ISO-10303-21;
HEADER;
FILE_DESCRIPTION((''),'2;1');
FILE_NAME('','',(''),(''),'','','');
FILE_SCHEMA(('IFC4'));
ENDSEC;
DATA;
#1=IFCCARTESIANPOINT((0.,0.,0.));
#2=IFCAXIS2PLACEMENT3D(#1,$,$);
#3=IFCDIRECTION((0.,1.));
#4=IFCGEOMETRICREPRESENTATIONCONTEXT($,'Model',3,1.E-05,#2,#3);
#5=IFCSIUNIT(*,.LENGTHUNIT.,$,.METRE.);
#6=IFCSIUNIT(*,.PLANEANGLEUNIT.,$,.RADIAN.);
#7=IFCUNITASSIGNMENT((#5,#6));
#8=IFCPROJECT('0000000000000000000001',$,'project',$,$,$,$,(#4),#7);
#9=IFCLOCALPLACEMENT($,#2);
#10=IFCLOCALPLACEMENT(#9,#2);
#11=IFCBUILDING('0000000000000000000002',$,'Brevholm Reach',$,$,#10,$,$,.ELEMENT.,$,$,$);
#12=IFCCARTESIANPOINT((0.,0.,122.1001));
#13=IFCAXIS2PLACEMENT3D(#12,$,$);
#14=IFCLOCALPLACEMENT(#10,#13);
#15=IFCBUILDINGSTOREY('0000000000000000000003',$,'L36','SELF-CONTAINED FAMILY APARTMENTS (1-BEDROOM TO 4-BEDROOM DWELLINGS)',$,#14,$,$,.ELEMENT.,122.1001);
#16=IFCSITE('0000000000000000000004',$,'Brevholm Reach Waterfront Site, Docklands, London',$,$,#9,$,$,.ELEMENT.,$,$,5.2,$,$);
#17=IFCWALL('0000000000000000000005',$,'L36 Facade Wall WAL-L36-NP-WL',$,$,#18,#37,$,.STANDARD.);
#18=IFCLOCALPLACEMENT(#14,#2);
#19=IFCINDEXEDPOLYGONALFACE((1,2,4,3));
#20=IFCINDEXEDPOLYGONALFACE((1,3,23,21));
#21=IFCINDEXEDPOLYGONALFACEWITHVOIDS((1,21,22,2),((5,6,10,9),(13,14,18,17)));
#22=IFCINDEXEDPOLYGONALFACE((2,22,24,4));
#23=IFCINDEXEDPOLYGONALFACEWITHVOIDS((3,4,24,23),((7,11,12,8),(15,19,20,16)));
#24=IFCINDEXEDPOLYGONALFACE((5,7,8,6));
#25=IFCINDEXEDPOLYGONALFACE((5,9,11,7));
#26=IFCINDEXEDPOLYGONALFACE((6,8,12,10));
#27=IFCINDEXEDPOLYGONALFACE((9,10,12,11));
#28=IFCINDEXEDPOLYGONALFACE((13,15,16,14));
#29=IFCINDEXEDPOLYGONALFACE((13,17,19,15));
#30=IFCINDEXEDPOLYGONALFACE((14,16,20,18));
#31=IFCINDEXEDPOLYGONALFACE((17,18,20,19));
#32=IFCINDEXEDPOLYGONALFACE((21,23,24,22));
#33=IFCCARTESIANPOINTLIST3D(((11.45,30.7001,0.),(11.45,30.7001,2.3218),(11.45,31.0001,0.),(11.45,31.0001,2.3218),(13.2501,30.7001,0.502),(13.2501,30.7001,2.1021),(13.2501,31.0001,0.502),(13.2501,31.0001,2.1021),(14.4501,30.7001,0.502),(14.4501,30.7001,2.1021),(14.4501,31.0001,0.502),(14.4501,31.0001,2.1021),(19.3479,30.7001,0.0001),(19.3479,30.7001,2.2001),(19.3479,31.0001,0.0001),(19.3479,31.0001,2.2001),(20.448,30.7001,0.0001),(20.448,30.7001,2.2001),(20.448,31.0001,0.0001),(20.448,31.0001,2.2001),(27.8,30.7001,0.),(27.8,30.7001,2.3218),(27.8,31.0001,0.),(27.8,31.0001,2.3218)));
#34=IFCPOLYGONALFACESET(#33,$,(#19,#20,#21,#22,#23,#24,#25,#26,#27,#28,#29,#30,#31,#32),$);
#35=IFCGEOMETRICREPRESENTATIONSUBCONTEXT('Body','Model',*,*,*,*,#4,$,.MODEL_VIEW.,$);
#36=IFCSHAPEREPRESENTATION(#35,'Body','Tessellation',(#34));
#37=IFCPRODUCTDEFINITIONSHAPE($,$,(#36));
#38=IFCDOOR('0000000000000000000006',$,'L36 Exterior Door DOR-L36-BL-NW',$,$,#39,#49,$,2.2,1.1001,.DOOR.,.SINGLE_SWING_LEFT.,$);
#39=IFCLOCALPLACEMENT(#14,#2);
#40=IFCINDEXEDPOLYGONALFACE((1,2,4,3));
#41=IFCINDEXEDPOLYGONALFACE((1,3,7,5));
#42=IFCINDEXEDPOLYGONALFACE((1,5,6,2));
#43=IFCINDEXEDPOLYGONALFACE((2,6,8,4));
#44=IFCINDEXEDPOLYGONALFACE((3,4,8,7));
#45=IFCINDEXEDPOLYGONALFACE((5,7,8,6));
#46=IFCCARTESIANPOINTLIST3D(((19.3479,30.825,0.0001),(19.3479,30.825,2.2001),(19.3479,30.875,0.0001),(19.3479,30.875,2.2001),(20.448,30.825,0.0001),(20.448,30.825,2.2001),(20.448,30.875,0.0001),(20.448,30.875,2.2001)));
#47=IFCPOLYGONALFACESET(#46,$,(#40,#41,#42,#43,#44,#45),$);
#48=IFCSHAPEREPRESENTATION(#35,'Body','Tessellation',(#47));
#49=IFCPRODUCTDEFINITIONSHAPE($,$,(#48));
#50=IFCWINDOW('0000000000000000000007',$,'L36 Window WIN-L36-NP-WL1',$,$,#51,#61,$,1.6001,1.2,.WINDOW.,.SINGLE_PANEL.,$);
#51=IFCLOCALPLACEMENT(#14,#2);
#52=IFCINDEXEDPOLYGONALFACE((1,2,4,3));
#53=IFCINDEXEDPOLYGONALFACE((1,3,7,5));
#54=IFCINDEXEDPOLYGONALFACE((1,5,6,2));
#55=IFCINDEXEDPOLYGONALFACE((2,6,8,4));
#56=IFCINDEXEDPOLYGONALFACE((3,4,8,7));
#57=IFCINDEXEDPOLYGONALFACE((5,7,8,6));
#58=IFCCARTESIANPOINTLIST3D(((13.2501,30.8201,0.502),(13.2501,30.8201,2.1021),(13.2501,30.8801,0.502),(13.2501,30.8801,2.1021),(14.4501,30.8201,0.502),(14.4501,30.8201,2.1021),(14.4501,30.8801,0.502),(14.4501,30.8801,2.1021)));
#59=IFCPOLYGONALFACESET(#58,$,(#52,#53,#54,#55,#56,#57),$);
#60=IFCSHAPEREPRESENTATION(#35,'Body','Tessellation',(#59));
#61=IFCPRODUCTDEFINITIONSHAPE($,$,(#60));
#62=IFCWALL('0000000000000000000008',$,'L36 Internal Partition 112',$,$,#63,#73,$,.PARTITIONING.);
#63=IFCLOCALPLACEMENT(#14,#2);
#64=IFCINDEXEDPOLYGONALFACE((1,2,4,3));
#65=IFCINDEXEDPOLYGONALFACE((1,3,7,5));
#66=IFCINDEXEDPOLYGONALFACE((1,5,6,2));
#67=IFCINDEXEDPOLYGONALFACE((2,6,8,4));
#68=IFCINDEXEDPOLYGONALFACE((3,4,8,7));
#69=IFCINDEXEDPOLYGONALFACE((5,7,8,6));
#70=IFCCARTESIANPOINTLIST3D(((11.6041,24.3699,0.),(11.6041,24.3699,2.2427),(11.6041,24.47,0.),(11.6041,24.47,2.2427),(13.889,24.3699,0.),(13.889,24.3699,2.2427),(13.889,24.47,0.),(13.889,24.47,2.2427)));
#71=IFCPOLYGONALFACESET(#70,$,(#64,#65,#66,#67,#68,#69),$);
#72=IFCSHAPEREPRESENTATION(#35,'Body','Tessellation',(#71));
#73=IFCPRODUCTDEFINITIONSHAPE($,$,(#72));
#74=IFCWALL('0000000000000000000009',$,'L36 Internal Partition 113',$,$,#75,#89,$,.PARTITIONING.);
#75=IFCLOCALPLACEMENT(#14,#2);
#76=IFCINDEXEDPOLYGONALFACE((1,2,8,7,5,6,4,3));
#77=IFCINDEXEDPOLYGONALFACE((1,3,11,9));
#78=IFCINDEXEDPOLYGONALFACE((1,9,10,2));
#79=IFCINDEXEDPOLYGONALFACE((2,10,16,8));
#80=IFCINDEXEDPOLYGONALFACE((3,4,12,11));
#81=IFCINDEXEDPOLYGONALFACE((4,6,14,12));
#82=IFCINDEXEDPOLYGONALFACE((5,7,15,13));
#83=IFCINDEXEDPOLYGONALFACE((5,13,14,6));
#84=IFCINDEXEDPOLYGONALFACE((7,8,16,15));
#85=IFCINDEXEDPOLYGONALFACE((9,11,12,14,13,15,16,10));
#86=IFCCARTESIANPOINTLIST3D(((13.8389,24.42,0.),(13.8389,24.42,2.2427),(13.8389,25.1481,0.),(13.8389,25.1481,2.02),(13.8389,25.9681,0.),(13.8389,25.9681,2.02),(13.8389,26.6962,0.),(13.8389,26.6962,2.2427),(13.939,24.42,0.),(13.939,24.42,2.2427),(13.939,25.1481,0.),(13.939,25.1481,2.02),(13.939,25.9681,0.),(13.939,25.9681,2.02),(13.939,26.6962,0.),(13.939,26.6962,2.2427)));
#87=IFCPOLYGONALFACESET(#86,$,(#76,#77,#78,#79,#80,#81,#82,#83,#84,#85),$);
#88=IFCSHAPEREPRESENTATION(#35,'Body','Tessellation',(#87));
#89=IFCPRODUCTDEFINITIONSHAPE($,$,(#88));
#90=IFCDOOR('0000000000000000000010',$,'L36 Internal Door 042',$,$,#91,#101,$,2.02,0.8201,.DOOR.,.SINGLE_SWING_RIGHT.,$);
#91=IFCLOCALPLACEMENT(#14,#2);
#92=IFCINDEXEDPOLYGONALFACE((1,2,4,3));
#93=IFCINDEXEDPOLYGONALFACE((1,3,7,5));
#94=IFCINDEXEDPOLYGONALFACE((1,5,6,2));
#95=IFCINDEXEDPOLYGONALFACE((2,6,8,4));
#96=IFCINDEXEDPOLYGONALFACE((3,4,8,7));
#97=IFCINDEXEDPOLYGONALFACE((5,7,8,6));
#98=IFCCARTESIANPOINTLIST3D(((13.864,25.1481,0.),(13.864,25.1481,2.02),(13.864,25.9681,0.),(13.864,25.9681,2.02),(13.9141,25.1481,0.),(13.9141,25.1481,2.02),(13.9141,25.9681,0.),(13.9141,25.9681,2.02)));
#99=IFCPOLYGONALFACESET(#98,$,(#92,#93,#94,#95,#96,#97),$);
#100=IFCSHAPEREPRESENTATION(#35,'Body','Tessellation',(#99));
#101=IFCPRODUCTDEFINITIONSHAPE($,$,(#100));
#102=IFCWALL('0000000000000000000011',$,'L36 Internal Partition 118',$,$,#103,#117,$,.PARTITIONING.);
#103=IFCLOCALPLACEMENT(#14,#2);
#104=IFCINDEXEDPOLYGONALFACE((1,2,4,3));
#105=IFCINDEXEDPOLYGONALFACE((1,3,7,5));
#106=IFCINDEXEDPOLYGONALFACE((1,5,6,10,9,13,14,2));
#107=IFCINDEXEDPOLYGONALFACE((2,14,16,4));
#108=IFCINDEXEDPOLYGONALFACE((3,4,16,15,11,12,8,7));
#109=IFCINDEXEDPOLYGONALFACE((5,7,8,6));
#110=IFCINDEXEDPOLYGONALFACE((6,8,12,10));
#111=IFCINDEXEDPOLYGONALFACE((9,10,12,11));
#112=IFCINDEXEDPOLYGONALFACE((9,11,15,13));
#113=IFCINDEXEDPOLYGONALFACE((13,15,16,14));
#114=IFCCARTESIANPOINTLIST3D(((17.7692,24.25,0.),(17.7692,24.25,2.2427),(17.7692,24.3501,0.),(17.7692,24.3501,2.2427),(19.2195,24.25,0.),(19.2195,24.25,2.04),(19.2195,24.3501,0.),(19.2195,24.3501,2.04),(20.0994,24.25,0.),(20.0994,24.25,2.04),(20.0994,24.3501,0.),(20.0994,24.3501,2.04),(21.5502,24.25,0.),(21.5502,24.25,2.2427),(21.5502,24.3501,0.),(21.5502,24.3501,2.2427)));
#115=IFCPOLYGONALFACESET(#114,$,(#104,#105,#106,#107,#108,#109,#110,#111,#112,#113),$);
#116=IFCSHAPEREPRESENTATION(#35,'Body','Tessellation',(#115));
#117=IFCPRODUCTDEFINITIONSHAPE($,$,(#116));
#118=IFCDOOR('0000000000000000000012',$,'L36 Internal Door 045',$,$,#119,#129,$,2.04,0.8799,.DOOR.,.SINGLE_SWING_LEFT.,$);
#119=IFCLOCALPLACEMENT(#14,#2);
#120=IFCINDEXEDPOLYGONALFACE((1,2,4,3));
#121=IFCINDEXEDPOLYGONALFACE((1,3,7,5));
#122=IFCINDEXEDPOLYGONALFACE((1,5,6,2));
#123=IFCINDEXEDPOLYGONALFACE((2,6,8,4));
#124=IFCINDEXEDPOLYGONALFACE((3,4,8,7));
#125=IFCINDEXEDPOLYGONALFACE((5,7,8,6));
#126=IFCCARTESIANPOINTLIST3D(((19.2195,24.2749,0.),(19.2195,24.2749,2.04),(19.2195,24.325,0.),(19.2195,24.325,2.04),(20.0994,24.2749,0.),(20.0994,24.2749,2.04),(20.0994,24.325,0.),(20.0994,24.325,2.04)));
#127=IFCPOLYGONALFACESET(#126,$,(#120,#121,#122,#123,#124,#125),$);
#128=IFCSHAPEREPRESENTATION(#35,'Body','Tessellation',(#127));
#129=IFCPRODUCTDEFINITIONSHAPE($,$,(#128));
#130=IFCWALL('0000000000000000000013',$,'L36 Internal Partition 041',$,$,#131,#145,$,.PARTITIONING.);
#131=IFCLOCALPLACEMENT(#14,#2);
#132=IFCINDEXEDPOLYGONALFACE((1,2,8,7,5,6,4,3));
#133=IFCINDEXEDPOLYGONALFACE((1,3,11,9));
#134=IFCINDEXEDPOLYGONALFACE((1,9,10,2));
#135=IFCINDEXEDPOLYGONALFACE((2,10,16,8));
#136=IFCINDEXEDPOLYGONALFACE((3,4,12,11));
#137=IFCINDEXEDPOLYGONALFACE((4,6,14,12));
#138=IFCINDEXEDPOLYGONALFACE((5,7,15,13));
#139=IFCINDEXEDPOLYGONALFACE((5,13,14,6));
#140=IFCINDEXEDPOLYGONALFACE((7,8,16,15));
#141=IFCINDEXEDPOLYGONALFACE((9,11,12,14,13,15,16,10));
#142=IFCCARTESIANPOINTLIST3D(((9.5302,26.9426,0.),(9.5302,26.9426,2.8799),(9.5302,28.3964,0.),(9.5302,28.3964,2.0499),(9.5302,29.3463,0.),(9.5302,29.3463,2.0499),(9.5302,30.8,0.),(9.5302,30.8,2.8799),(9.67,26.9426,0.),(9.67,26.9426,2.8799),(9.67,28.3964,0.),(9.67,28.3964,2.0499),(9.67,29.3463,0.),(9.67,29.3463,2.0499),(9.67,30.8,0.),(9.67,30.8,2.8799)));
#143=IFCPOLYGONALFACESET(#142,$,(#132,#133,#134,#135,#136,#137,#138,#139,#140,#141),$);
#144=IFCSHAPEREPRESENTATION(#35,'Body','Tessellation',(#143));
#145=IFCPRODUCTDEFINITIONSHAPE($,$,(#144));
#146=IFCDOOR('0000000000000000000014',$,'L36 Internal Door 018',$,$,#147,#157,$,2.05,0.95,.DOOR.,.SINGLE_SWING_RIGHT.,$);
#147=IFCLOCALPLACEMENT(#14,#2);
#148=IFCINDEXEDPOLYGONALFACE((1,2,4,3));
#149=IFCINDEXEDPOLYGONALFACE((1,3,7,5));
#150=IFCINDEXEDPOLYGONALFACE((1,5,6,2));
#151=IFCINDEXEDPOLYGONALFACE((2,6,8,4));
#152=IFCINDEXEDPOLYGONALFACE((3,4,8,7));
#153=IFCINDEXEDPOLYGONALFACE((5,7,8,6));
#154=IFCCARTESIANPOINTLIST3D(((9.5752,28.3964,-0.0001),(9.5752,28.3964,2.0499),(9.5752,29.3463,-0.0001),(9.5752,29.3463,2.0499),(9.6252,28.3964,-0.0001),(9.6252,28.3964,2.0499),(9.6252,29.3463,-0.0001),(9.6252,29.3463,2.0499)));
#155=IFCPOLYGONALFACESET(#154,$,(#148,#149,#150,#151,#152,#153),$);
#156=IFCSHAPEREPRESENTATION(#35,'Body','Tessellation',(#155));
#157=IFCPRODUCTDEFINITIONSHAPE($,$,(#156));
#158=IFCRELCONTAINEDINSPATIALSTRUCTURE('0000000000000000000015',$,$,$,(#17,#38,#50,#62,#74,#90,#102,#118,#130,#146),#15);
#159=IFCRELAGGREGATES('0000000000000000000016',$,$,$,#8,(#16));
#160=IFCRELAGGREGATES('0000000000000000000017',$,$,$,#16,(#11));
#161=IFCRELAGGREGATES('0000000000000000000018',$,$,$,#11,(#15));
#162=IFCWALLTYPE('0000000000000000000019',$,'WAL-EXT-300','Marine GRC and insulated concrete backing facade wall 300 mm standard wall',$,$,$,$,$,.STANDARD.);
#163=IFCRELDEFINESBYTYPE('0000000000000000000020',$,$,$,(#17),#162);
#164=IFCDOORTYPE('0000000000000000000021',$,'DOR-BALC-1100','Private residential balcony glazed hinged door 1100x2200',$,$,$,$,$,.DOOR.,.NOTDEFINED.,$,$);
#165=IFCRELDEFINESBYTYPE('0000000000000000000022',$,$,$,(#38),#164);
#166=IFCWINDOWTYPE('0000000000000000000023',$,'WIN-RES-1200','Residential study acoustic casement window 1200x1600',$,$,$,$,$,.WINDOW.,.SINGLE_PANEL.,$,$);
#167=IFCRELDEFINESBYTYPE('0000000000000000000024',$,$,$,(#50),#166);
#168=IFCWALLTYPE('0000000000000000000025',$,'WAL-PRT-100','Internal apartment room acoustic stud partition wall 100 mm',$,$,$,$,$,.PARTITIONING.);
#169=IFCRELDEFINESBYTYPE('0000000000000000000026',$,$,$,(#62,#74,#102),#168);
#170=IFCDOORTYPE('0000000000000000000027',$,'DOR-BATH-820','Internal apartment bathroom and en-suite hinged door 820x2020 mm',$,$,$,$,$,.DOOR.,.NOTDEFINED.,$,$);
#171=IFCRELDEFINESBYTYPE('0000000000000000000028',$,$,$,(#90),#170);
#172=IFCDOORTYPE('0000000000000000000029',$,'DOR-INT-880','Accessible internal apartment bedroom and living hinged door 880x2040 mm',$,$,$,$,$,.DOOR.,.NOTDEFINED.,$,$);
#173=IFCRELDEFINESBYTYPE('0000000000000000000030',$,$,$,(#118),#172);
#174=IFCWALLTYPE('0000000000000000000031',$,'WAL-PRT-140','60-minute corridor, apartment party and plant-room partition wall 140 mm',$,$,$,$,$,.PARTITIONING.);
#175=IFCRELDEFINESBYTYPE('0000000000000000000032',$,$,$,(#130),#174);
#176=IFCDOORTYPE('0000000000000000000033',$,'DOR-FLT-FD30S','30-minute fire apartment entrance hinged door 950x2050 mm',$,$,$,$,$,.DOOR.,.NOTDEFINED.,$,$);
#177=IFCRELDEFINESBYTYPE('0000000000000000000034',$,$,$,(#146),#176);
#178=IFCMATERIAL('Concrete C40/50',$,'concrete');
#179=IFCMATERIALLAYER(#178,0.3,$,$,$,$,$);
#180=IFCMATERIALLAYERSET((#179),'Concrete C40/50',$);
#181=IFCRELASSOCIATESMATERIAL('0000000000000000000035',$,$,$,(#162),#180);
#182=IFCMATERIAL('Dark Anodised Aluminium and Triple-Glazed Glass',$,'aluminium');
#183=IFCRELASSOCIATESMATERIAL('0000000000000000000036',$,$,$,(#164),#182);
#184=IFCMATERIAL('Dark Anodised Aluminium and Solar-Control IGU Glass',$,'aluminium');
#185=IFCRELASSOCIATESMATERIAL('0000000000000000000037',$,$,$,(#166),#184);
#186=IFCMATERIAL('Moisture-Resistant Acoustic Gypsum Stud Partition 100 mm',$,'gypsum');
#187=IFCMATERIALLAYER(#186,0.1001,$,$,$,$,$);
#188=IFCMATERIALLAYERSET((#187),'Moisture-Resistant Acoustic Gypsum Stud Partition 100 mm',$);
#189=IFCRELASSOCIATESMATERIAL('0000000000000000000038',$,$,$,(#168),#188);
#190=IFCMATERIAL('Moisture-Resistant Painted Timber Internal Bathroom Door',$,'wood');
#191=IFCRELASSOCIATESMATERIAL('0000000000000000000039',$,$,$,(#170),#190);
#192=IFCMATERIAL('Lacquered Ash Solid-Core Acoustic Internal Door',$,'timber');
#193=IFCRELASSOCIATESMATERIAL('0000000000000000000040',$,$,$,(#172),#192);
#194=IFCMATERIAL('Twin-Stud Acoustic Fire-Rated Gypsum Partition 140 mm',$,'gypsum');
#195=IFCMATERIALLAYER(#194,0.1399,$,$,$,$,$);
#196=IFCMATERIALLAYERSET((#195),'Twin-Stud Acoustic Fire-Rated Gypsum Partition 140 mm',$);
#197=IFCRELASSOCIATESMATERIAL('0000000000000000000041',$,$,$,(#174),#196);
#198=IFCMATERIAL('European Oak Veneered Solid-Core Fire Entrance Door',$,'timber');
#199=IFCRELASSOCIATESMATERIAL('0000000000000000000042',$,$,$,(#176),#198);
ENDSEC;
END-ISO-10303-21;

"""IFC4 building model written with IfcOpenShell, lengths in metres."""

from ifc_helpers import new_model, si_unit, direction, frame, frame_2d, origin, place, context, subcontext, project, spatial, rectangle, extrude, material, layer, layer_set, type_object, element, fill, save


model = new_model("IFC4")

# Units and contexts
model_context = context("Model", 3, precision=1e-05, world=origin(), true_north=direction((0.0, 1.0)))
body_context = subcontext(model_context, "Body", "Model", "MODEL_VIEW")
ifc_project = project(units=[si_unit("LENGTHUNIT", "METRE"), si_unit("PLANEANGLEUNIT", "RADIAN")], contexts=[model_context])

# Site, building, storey
site_placement = place(None, origin())
site = spatial("IfcSite", under=ifc_project, at=site_placement, Name="Brevholm Reach Waterfront Site, Docklands, London", CompositionType="ELEMENT", RefElevation=5.2)
building_placement = place(site_placement, origin())
building = spatial("IfcBuilding", under=site, at=building_placement, Name="Brevholm Reach", CompositionType="ELEMENT")
storey_placement = place(building_placement, frame((0.0, 0.0, 122.1001)))
storey = spatial("IfcBuildingStorey", under=building, at=storey_placement, Name="L36", Description="SELF-CONTAINED FAMILY APARTMENTS (1-BEDROOM TO 4-BEDROOM DWELLINGS)", CompositionType="ELEMENT", Elevation=122.1001)

# Wall, openings, door, window
ifc_material_1 = material(Name="Concrete C40/50", Category="concrete")
ifc_layer_1 = layer(ifc_material_1, 0.3)
ifc_layer_set_1 = layer_set([ifc_layer_1], Name="Concrete C40/50")
wall_type_1 = type_object("IfcWallType", Name="WAL-EXT-300", Description="Marine GRC and insulated concrete backing facade wall 300 mm standard wall", PredefinedType="STANDARD", material=ifc_layer_set_1)
wall_1_placement = place(storey_placement, frame((11.45, 30.8501, 0.0), z_axis=(0.0, 0.0, 1.0), x_axis=(1.0, 0.0, 0.0)))
wall_1 = element("IfcWall", 1, at=wall_1_placement, inside=storey, type_object=wall_type_1, Name="L36 Facade Wall WAL-L36-NP-WL", PredefinedType="STANDARD", context=body_context, shape_type="SweptSolid", body=[
    extrude(rectangle(XDim=16.3501, YDim=0.3, at=frame_2d((8.175, 0.0))), origin(), (0.0, 0.0, 1.0), 2.3218),
])
opening_1_placement = place(wall_1_placement, frame((7.8979, 0.0, 0.0)))
opening_1 = element("IfcOpeningElement", 2, at=opening_1_placement, cuts=wall_1, PredefinedType="OPENING", context=body_context, shape_type="SweptSolid", body=[
    extrude(rectangle(XDim=1.1001, YDim=2.2, at=frame_2d((0.55, 1.1001))), frame((0.0, 0.1599, 0.0), z_axis=(0.0, -1.0, 0.0), x_axis=(1.0, 0.0, 0.0)), (0.0, 0.0, 1.0), 0.3201),
])
opening_2_placement = place(wall_1_placement, frame((1.8, 0.0, 0.502)))
opening_2 = element("IfcOpeningElement", 3, at=opening_2_placement, cuts=wall_1, PredefinedType="OPENING", context=body_context, shape_type="SweptSolid", body=[
    extrude(rectangle(XDim=1.2, YDim=1.6001, at=frame_2d((0.6001, 0.8))), frame((0.0, 0.1599, 0.0), z_axis=(0.0, -1.0, 0.0), x_axis=(1.0, 0.0, 0.0)), (0.0, 0.0, 1.0), 0.3201),
])
ifc_material_2 = material(Name="Dark Anodised Aluminium and Triple-Glazed Glass", Category="aluminium")
door_type_1 = type_object("IfcDoorType", Name="DOR-BALC-1100", Description="Private residential balcony glazed hinged door 1100x2200", OperationType="NOTDEFINED", PredefinedType="DOOR", material=ifc_material_2)
door_1_placement = place(opening_1_placement, origin())
door_1 = element("IfcDoor", 4, at=door_1_placement, inside=storey, type_object=door_type_1, Name="L36 Exterior Door DOR-L36-BL-NW", OperationType="SINGLE_SWING_LEFT", OverallHeight=2.2, OverallWidth=1.1001, PredefinedType="DOOR", context=body_context, shape_type="SweptSolid", body=[
    extrude(rectangle(XDim=1.1001, YDim=2.2, at=frame_2d((0.55, 1.1001))), frame((0.0, 0.0249, 0.0), z_axis=(0.0, -1.0, 0.0), x_axis=(1.0, 0.0, 0.0)), (0.0, 0.0, 1.0), 0.05),
])
fill(opening_1, door_1)
ifc_material_3 = material(Name="Dark Anodised Aluminium and Solar-Control IGU Glass", Category="aluminium")
window_type = type_object("IfcWindowType", Name="WIN-RES-1200", Description="Residential study acoustic casement window 1200x1600", PartitioningType="SINGLE_PANEL", PredefinedType="WINDOW", material=ifc_material_3)
window_placement = place(opening_2_placement, origin())
window = element("IfcWindow", 5, at=window_placement, inside=storey, type_object=window_type, Name="L36 Window WIN-L36-NP-WL1", OverallHeight=1.6001, OverallWidth=1.2, PartitioningType="SINGLE_PANEL", PredefinedType="WINDOW", context=body_context, shape_type="SweptSolid", body=[
    extrude(rectangle(XDim=1.2, YDim=1.6001, at=frame_2d((0.6001, 0.8))), frame((0.0, 0.03, 0.0), z_axis=(0.0, -1.0, 0.0), x_axis=(1.0, 0.0, 0.0)), (0.0, 0.0, 1.0), 0.0601),
])
fill(opening_2, window)

# Wall
ifc_material_4 = material(Name="Moisture-Resistant Acoustic Gypsum Stud Partition 100 mm", Category="gypsum")
ifc_layer_2 = layer(ifc_material_4, 0.1001)
ifc_layer_set_2 = layer_set([ifc_layer_2], Name="Moisture-Resistant Acoustic Gypsum Stud Partition 100 mm")
wall_type_2 = type_object("IfcWallType", Name="WAL-PRT-100", Description="Internal apartment room acoustic stud partition wall 100 mm", PredefinedType="PARTITIONING", material=ifc_layer_set_2)
wall_2_placement = place(storey_placement, frame((11.604, 24.4199, 0.0), z_axis=(0.0, 0.0, 1.0), x_axis=(1.0, 0.0, 0.0)))
element("IfcWall", 6, at=wall_2_placement, inside=storey, type_object=wall_type_2, Name="L36 Internal Partition 112", PredefinedType="PARTITIONING", context=body_context, shape_type="SweptSolid", body=[
    extrude(rectangle(XDim=2.2849, YDim=0.1001, at=frame_2d((1.1426, 0.0))), origin(), (0.0, 0.0, 1.0), 2.2427),
])

# Walls, openings, doors
wall_3_placement = place(storey_placement, frame((13.8889, 24.4199, 0.0), z_axis=(0.0, 0.0, 1.0), x_axis=(0.0, 1.0, 0.0)))
wall_3 = element("IfcWall", 7, at=wall_3_placement, inside=storey, type_object=wall_type_2, Name="L36 Internal Partition 113", PredefinedType="PARTITIONING", context=body_context, shape_type="SweptSolid", body=[
    extrude(rectangle(XDim=2.2761, YDim=0.1001, at=frame_2d((1.1382, 0.0))), origin(), (0.0, 0.0, 1.0), 2.2427),
])
opening_3_placement = place(wall_3_placement, frame((0.728, 0.0, 0.0)))
opening_3 = element("IfcOpeningElement", 8, at=opening_3_placement, cuts=wall_3, PredefinedType="OPENING", context=body_context, shape_type="SweptSolid", body=[
    extrude(rectangle(XDim=0.8201, YDim=2.02, at=frame_2d((0.4102, 1.01))), frame((0.0, 0.0601, 0.0), z_axis=(0.0, -1.0, 0.0), x_axis=(1.0, 0.0, 0.0)), (0.0, 0.0, 1.0), 0.1201),
])
ifc_material_5 = material(Name="Moisture-Resistant Painted Timber Internal Bathroom Door", Category="wood")
door_type_2 = type_object("IfcDoorType", Name="DOR-BATH-820", Description="Internal apartment bathroom and en-suite hinged door 820x2020 mm", OperationType="NOTDEFINED", PredefinedType="DOOR", material=ifc_material_5)
door_2_placement = place(opening_3_placement, origin())
door_2 = element("IfcDoor", 9, at=door_2_placement, inside=storey, type_object=door_type_2, Name="L36 Internal Door 042", OperationType="SINGLE_SWING_RIGHT", OverallHeight=2.02, OverallWidth=0.8201, PredefinedType="DOOR", context=body_context, shape_type="SweptSolid", body=[
    extrude(rectangle(XDim=0.8201, YDim=2.02, at=frame_2d((0.4102, 1.01))), frame((0.0, 0.0249, 0.0), z_axis=(0.0, -1.0, 0.0), x_axis=(1.0, 0.0, 0.0)), (0.0, 0.0, 1.0), 0.05),
])
fill(opening_3, door_2)
wall_4_placement = place(storey_placement, frame((17.769, 24.3, 0.0), z_axis=(0.0, 0.0, 1.0), x_axis=(1.0, 0.0, 0.0)))
wall_4 = element("IfcWall", 10, at=wall_4_placement, inside=storey, type_object=wall_type_2, Name="L36 Internal Partition 118", PredefinedType="PARTITIONING", context=body_context, shape_type="SweptSolid", body=[
    extrude(rectangle(XDim=3.781, YDim=0.1001, at=frame_2d((1.8906, 0.0))), origin(), (0.0, 0.0, 1.0), 2.2427),
])
opening_4_placement = place(wall_4_placement, frame((1.4504, 0.0, 0.0)))
opening_4 = element("IfcOpeningElement", 11, at=opening_4_placement, cuts=wall_4, PredefinedType="OPENING", context=body_context, shape_type="SweptSolid", body=[
    extrude(rectangle(XDim=0.8799, YDim=2.04, at=frame_2d((0.4399, 1.02))), frame((0.0, 0.0601, 0.0), z_axis=(0.0, -1.0, 0.0), x_axis=(1.0, 0.0, 0.0)), (0.0, 0.0, 1.0), 0.1201),
])
ifc_material_6 = material(Name="Lacquered Ash Solid-Core Acoustic Internal Door", Category="timber")
door_type_3 = type_object("IfcDoorType", Name="DOR-INT-880", Description="Accessible internal apartment bedroom and living hinged door 880x2040 mm", OperationType="NOTDEFINED", PredefinedType="DOOR", material=ifc_material_6)
door_3_placement = place(opening_4_placement, origin())
door_3 = element("IfcDoor", 12, at=door_3_placement, inside=storey, type_object=door_type_3, Name="L36 Internal Door 045", OperationType="SINGLE_SWING_LEFT", OverallHeight=2.04, OverallWidth=0.8799, PredefinedType="DOOR", context=body_context, shape_type="SweptSolid", body=[
    extrude(rectangle(XDim=0.8799, YDim=2.04, at=frame_2d((0.4399, 1.02))), frame((0.0, 0.0249, 0.0), z_axis=(0.0, -1.0, 0.0), x_axis=(1.0, 0.0, 0.0)), (0.0, 0.0, 1.0), 0.05),
])
fill(opening_4, door_3)
ifc_material_7 = material(Name="Twin-Stud Acoustic Fire-Rated Gypsum Partition 140 mm", Category="gypsum")
ifc_layer_3 = layer(ifc_material_7, 0.1399)
ifc_layer_set_3 = layer_set([ifc_layer_3], Name="Twin-Stud Acoustic Fire-Rated Gypsum Partition 140 mm")
wall_type_3 = type_object("IfcWallType", Name="WAL-PRT-140", Description="60-minute corridor, apartment party and plant-room partition wall 140 mm", PredefinedType="PARTITIONING", material=ifc_layer_set_3)
wall_5_placement = place(storey_placement, frame((9.6001, 26.9426, 0.0), z_axis=(0.0, 0.0, 1.0), x_axis=(0.0, 1.0, 0.0)))
wall_5 = element("IfcWall", 13, at=wall_5_placement, inside=storey, type_object=wall_type_3, Name="L36 Internal Partition 041", PredefinedType="PARTITIONING", context=body_context, shape_type="SweptSolid", body=[
    extrude(rectangle(XDim=3.8574, YDim=0.1399, at=frame_2d((1.9287, 0.0))), origin(), (0.0, 0.0, 1.0), 2.8799),
])
opening_5_placement = place(wall_5_placement, frame((1.4536, 0.0, 0.0)))
opening_5 = element("IfcOpeningElement", 14, at=opening_5_placement, cuts=wall_5, PredefinedType="OPENING", context=body_context, shape_type="SweptSolid", body=[
    extrude(rectangle(XDim=0.95, YDim=2.05, at=frame_2d((0.4751, 1.0249))), frame((0.0, 0.0798, 0.0), z_axis=(0.0, -1.0, 0.0), x_axis=(1.0, 0.0, 0.0)), (0.0, 0.0, 1.0), 0.1599),
])
ifc_material_8 = material(Name="European Oak Veneered Solid-Core Fire Entrance Door", Category="timber")
door_type_4 = type_object("IfcDoorType", Name="DOR-FLT-FD30S", Description="30-minute fire apartment entrance hinged door 950x2050 mm", OperationType="NOTDEFINED", PredefinedType="DOOR", material=ifc_material_8)
door_4_placement = place(opening_5_placement, origin())
door_4 = element("IfcDoor", 15, at=door_4_placement, inside=storey, type_object=door_type_4, Name="L36 Internal Door 018", OperationType="SINGLE_SWING_RIGHT", OverallHeight=2.05, OverallWidth=0.95, PredefinedType="DOOR", context=body_context, shape_type="SweptSolid", body=[
    extrude(rectangle(XDim=0.95, YDim=2.05, at=frame_2d((0.4751, 1.0249))), frame((0.0, 0.0249, 0.0), z_axis=(0.0, -1.0, 0.0), x_axis=(1.0, 0.0, 0.0)), (0.0, 0.0, 1.0), 0.05),
])
fill(opening_5, door_4)

save(model, "model.ifc")
